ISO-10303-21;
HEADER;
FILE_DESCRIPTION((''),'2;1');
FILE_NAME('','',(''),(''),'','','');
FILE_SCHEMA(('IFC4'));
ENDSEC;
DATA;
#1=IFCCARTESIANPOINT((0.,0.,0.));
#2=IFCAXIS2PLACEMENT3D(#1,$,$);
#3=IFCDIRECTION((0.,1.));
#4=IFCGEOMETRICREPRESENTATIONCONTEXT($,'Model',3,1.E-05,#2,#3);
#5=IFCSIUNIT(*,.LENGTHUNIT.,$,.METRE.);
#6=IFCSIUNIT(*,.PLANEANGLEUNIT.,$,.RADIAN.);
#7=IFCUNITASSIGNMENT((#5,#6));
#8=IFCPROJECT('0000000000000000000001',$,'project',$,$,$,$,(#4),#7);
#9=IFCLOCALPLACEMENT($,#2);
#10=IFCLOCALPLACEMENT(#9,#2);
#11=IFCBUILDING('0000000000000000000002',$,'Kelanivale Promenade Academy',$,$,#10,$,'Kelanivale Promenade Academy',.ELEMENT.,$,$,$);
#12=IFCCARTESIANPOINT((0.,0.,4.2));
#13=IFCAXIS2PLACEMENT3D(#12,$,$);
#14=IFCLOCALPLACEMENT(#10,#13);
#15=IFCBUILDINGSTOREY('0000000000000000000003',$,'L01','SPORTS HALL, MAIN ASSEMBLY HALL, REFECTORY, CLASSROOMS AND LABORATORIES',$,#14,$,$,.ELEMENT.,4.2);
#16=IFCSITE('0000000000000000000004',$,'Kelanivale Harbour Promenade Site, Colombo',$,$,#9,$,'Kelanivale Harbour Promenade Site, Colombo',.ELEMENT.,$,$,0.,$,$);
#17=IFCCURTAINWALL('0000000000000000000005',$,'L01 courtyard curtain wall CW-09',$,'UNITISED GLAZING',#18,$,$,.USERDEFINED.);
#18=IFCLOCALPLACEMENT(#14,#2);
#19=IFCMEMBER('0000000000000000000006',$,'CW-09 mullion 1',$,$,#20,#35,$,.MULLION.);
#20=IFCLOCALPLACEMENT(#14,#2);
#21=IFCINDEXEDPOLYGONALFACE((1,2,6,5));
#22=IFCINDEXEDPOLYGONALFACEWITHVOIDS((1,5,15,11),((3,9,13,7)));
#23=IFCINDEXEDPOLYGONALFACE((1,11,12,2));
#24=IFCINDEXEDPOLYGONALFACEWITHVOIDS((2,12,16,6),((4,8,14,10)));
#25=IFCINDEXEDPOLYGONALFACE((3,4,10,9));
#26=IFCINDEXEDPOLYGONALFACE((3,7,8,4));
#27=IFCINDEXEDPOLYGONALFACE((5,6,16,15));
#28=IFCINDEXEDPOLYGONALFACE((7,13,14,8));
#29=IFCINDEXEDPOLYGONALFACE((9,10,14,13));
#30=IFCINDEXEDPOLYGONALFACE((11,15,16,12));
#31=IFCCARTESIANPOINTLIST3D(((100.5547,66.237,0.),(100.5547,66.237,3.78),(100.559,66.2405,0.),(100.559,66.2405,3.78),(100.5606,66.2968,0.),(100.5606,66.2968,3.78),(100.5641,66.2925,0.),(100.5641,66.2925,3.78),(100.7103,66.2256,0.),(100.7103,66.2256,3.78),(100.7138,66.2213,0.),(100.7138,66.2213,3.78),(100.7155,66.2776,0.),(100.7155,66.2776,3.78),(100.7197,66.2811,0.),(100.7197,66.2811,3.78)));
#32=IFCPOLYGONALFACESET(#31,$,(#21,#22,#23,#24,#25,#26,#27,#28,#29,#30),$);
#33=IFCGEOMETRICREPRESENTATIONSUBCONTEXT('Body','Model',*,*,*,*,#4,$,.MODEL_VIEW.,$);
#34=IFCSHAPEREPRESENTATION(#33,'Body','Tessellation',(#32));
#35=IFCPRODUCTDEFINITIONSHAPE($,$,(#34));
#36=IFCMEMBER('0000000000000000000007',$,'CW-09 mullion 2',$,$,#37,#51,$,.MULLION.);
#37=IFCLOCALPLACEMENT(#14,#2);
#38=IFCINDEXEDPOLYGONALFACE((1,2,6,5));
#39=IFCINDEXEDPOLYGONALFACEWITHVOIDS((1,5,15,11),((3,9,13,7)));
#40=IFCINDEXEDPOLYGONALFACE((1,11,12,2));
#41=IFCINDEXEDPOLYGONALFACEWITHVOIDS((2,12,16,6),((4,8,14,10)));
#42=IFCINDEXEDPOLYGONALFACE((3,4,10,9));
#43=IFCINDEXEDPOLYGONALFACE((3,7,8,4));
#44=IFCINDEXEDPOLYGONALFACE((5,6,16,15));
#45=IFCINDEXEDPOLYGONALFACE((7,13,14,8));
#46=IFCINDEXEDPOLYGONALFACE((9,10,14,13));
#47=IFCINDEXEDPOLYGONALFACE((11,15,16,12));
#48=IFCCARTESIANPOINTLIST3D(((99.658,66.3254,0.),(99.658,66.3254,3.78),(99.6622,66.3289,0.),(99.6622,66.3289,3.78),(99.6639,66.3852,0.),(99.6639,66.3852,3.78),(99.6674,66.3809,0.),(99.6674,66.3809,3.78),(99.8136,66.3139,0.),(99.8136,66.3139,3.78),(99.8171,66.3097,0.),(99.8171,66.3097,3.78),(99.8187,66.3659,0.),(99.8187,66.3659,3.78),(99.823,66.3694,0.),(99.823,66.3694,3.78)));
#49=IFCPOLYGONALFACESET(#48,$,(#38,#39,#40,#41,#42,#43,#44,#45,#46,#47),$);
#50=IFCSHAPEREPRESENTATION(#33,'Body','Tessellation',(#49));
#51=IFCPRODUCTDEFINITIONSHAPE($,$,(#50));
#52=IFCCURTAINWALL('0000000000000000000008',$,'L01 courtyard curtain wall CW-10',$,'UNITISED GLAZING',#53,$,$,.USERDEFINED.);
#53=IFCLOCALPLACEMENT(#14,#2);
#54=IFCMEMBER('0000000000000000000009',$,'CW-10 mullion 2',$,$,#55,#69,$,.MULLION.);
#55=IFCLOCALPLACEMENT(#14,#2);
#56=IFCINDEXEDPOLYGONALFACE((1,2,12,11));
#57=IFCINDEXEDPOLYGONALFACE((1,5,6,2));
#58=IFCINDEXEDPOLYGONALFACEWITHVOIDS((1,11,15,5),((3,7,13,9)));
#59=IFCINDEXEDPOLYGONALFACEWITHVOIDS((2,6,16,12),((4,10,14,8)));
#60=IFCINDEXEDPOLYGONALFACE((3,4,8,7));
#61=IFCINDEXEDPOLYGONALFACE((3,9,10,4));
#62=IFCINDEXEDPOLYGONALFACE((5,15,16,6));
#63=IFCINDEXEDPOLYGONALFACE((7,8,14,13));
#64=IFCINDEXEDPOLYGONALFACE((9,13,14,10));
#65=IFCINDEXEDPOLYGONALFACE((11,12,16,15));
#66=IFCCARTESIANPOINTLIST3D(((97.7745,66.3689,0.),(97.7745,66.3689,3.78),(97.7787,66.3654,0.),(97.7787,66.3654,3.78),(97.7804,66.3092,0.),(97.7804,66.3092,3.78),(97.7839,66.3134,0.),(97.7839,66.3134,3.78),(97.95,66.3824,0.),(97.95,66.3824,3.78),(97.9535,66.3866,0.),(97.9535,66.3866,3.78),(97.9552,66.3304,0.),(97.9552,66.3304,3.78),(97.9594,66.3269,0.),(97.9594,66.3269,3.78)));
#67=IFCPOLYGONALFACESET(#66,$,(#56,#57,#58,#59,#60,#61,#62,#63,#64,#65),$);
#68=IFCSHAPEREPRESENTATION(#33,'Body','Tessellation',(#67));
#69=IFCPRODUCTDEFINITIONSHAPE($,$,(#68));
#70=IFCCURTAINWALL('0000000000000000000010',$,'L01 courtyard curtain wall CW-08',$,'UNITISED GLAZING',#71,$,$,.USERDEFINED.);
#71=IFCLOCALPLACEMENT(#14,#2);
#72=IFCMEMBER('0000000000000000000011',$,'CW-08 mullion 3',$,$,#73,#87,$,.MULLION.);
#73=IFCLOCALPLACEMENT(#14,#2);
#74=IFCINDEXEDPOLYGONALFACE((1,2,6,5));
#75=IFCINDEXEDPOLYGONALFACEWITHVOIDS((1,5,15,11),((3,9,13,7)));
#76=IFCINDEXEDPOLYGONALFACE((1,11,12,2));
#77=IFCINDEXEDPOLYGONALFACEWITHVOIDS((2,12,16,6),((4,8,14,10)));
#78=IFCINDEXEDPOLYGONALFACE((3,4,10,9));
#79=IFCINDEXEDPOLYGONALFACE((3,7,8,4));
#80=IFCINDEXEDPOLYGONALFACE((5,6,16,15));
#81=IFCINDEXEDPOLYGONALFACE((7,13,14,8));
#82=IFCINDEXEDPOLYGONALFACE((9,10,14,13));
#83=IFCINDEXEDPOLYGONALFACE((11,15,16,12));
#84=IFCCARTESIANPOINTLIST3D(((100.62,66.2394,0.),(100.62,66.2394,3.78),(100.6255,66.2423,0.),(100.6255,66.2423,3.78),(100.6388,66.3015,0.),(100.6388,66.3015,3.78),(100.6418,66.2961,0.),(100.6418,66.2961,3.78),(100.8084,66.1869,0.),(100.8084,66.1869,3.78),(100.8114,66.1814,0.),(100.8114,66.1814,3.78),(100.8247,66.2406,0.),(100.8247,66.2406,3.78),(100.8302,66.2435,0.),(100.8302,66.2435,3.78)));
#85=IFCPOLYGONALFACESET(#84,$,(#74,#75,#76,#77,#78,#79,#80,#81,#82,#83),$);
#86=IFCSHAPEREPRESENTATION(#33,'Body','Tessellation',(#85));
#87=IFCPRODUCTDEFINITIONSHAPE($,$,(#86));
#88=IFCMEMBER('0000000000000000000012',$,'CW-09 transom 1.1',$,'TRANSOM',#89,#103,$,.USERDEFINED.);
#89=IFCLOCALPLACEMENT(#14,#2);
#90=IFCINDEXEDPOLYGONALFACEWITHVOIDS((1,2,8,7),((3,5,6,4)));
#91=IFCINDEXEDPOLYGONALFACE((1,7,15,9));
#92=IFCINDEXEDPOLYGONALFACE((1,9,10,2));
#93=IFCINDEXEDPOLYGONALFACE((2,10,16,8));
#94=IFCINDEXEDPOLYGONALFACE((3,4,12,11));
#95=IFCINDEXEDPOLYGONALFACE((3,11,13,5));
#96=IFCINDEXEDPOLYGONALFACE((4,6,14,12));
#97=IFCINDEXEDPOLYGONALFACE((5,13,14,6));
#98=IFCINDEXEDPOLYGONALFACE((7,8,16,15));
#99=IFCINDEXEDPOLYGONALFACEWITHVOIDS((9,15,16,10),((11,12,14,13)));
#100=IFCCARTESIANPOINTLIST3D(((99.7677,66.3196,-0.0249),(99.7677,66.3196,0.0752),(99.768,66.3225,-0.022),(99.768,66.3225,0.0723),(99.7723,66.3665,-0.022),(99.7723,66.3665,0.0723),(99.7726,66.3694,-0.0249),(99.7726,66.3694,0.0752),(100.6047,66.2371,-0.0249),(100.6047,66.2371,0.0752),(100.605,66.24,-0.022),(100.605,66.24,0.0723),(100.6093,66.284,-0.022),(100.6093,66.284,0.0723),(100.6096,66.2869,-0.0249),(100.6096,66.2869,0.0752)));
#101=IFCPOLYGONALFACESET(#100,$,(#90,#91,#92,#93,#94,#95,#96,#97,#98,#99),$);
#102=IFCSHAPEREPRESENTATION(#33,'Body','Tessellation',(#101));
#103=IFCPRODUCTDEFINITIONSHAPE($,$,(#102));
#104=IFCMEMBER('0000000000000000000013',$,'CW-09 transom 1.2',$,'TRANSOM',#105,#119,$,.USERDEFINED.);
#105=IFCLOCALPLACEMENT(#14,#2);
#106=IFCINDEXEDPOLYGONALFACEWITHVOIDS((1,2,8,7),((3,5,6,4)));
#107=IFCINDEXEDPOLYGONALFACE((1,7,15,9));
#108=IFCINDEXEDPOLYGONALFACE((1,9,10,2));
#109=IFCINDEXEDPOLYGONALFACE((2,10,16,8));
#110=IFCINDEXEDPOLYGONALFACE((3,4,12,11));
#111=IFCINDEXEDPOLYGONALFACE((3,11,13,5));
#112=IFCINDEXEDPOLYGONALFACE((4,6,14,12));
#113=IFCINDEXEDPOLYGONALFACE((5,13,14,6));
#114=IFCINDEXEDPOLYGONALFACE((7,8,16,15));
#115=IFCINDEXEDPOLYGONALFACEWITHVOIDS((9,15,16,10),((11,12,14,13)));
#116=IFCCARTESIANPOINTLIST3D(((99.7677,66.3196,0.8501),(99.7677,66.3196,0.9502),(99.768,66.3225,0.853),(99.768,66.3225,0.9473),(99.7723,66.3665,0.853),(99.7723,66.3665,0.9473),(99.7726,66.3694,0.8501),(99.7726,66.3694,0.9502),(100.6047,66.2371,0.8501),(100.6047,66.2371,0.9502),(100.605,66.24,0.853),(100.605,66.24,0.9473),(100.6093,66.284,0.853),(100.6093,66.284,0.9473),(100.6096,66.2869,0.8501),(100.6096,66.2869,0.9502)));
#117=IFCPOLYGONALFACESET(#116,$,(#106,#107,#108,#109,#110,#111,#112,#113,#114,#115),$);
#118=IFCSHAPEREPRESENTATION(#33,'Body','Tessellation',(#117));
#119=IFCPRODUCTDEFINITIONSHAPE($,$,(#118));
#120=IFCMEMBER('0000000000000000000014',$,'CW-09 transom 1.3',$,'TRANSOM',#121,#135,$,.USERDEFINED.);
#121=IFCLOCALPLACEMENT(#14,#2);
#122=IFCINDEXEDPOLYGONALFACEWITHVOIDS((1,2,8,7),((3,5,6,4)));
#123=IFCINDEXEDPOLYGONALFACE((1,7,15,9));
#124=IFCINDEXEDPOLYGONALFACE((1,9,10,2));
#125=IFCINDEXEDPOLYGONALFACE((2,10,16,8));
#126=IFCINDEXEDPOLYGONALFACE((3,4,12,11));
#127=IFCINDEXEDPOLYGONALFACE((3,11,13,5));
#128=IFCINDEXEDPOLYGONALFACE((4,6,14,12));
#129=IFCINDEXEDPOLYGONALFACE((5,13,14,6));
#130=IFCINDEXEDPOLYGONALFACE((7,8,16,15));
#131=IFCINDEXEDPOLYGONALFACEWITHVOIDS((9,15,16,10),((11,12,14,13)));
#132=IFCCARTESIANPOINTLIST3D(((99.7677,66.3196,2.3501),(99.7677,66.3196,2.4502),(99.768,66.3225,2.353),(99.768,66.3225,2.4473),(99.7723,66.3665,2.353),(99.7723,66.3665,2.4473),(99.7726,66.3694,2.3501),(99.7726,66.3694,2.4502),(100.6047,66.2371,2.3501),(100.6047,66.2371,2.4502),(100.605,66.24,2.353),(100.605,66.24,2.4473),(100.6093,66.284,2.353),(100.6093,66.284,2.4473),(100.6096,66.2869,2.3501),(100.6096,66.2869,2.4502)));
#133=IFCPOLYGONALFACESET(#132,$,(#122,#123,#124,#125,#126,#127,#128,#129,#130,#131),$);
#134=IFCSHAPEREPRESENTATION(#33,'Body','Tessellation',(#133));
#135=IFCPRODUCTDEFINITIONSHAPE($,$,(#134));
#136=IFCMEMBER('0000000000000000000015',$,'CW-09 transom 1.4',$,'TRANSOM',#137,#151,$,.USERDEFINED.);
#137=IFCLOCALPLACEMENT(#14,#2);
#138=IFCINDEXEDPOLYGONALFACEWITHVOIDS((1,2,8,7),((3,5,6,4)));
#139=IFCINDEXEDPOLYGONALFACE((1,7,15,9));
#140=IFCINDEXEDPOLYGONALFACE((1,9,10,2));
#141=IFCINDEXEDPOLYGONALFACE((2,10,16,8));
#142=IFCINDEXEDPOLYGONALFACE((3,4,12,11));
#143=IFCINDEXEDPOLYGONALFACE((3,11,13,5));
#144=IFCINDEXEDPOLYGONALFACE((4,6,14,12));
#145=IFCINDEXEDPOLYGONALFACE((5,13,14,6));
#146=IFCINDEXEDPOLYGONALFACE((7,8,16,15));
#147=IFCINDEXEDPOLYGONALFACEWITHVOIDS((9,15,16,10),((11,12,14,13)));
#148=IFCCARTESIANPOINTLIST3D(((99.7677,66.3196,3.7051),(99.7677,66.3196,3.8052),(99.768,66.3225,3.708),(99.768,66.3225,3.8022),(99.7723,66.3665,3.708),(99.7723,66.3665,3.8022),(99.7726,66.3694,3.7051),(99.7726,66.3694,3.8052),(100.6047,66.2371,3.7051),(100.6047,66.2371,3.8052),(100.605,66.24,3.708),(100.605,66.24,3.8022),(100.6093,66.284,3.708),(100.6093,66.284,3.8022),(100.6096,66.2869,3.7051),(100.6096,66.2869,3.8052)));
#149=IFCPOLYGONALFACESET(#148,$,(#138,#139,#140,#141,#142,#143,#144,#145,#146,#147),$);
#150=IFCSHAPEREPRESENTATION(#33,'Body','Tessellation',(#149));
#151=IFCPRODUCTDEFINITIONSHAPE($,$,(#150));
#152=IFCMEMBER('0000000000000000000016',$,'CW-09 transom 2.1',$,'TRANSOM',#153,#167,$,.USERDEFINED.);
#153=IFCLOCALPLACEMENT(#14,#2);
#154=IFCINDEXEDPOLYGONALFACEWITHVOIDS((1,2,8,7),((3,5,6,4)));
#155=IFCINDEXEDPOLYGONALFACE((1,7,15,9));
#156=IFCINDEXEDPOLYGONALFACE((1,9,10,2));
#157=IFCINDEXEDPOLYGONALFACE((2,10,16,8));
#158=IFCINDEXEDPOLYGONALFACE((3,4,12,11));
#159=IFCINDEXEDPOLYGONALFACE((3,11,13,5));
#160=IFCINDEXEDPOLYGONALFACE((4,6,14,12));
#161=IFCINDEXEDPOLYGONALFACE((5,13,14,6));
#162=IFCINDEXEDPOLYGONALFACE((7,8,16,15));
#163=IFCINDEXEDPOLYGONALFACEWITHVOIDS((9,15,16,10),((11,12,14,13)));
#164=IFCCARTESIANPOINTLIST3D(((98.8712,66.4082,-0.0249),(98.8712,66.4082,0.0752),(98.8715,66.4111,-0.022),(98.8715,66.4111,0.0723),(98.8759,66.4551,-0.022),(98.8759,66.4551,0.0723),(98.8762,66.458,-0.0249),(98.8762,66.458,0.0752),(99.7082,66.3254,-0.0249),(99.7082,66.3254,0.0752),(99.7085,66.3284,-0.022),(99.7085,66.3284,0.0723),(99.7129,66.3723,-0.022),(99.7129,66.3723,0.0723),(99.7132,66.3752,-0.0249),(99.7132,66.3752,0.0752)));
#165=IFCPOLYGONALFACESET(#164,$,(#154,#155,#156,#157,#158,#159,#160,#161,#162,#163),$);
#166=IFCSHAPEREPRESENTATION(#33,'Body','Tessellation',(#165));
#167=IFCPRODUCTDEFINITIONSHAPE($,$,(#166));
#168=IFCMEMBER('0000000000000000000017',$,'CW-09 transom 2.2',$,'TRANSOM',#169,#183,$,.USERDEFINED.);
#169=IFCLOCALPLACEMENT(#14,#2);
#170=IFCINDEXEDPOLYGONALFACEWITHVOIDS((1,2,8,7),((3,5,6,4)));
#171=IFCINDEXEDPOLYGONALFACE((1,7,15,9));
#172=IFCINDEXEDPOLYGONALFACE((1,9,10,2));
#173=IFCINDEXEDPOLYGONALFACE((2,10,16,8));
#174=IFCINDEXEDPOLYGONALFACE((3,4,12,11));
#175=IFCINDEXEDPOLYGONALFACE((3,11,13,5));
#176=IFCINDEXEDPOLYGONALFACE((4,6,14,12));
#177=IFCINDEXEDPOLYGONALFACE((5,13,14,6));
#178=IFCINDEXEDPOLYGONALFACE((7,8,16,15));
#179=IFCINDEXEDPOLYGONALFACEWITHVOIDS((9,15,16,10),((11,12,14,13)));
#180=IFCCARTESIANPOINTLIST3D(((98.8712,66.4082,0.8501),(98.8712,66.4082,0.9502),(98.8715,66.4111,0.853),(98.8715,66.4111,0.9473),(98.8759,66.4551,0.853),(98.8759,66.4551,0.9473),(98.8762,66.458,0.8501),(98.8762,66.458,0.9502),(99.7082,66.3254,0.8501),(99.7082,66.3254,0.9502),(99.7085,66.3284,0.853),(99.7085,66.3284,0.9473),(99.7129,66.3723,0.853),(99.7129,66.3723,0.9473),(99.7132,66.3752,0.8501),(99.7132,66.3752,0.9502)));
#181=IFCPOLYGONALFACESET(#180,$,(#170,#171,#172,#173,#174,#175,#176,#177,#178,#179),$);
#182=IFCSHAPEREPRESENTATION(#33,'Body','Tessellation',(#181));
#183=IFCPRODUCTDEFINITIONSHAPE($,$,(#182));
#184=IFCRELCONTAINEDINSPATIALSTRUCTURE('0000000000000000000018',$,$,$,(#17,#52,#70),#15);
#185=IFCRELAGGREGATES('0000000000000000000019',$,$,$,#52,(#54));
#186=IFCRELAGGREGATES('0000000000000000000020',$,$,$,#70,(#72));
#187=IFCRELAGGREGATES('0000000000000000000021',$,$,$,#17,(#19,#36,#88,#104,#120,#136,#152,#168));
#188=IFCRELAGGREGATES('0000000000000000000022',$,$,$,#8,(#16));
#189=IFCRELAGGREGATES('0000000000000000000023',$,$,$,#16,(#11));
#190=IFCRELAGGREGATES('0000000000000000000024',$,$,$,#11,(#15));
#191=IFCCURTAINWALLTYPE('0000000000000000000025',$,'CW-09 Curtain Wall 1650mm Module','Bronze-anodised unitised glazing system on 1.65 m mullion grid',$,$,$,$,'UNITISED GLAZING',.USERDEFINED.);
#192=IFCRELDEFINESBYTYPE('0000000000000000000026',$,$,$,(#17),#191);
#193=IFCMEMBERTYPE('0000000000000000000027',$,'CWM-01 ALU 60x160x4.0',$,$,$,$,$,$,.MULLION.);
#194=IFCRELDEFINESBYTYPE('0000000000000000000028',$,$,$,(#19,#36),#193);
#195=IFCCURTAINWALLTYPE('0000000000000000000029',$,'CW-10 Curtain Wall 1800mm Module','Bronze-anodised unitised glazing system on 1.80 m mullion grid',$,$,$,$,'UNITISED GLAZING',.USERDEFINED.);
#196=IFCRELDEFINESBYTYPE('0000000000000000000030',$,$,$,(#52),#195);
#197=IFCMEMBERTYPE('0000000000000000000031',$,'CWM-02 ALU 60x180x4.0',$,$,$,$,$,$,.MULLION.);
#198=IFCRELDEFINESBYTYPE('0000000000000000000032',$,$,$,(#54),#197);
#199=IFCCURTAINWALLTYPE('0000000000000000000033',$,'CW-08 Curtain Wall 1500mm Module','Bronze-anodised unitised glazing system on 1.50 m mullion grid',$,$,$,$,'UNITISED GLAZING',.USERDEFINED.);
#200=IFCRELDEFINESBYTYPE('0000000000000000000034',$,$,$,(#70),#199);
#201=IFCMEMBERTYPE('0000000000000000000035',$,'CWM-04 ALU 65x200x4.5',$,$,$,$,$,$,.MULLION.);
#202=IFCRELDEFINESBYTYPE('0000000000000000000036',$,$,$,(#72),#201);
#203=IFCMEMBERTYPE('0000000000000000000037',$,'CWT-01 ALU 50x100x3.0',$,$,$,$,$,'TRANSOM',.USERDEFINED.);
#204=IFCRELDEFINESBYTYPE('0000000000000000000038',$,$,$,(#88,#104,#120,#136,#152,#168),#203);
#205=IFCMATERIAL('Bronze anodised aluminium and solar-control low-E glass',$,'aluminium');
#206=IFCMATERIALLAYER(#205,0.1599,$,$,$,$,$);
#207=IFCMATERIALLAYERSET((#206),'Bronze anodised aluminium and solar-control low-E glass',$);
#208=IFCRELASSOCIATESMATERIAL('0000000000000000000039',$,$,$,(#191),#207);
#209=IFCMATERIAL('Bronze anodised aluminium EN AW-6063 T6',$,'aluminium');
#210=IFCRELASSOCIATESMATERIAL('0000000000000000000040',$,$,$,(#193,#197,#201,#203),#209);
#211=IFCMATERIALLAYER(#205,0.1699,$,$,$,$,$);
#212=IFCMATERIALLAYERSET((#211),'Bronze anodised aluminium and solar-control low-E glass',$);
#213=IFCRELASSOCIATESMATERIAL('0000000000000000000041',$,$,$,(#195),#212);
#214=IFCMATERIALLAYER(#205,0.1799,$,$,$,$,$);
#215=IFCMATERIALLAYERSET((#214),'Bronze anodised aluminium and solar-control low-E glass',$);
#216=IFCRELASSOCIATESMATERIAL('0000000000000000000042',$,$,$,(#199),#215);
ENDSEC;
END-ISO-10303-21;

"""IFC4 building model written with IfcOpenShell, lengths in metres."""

from ifc_helpers import new_model, si_unit, direction, frame, origin, origin_2d, place, context, subcontext, project, spatial, hollow_rectangle, extrude, material, layer, layer_set, material_profile, profile_set, type_object, element, aggregate, save


model = new_model("IFC4")

# Units and contexts
model_context = context("Model", 3, precision=1e-05, world=origin(), true_north=direction((0.0, 1.0)))
body_context = subcontext(model_context, "Body", "Model", "MODEL_VIEW")
ifc_project = project(units=[si_unit("LENGTHUNIT", "METRE"), si_unit("PLANEANGLEUNIT", "RADIAN")], contexts=[model_context])

# Site, building, storey
site_placement = place(None, origin())
site = spatial("IfcSite", under=ifc_project, at=site_placement, Name="Kelanivale Harbour Promenade Site, Colombo", LongName="Kelanivale Harbour Promenade Site, Colombo", CompositionType="ELEMENT", RefElevation=0.0)
building_placement = place(site_placement, origin())
building = spatial("IfcBuilding", under=site, at=building_placement, Name="Kelanivale Promenade Academy", LongName="Kelanivale Promenade Academy", CompositionType="ELEMENT")
storey_placement = place(building_placement, frame((0.0, 0.0, 4.2)))
storey = spatial("IfcBuildingStorey", under=building, at=storey_placement, Name="L01", Description="SPORTS HALL, MAIN ASSEMBLY HALL, REFECTORY, CLASSROOMS AND LABORATORIES", CompositionType="ELEMENT", Elevation=4.2)

# Curtain wall, members
ifc_material_1 = material(Name="Bronze anodised aluminium and solar-control low-E glass", Category="aluminium")
ifc_layer_1 = layer(ifc_material_1, 0.1599)
ifc_layer_set_1 = layer_set([ifc_layer_1], Name="Bronze anodised aluminium and solar-control low-E glass")
curtain_wall_type_1 = type_object("IfcCurtainWallType", Name="CW-09 Curtain Wall 1650mm Module", Description="Bronze-anodised unitised glazing system on 1.65 m mullion grid", ElementType="UNITISED GLAZING", PredefinedType="USERDEFINED", material=ifc_layer_set_1)
curtain_wall_1_placement = place(storey_placement, origin())
curtain_wall_1 = element("IfcCurtainWall", 1, at=curtain_wall_1_placement, inside=storey, type_object=curtain_wall_type_1, Name="L01 courtyard curtain wall CW-09", ObjectType="UNITISED GLAZING", PredefinedType="USERDEFINED")
ifc_material_2 = material(Name="Bronze anodised aluminium EN AW-6063 T6", Category="aluminium")
ifc_material_profile_1 = material_profile(ifc_material_2, hollow_rectangle(XDim=0.0601, YDim=0.1599, WallThickness=0.0039, at=origin_2d()), Name="ALU 60x160x4.0")
ifc_profile_set_1 = profile_set([ifc_material_profile_1], Name="Bronze anodised aluminium EN AW-6063 T6")
member_type_1 = type_object("IfcMemberType", Name="CWM-01 ALU 60x160x4.0", PredefinedType="MULLION", material=ifc_profile_set_1)
member_1_placement = place(storey_placement, frame((100.6372, 66.259, 0.0), z_axis=(0.0, 0.0, 1.0), x_axis=(-0.098281, -0.995159, 0.0)))
member_1 = element("IfcMember", 2, at=member_1_placement, type_object=member_type_1, Name="CW-09 mullion 1", PredefinedType="MULLION", context=body_context, shape_type="SweptSolid", body=[
    extrude(hollow_rectangle(XDim=0.0601, YDim=0.1599, WallThickness=0.0039, at=origin_2d()), origin(), (0.0, 0.0, 1.0), 3.78),
])
member_2_placement = place(storey_placement, frame((99.7405, 66.3474, 0.0), z_axis=(0.0, 0.0, 1.0), x_axis=(-0.098281, -0.995159, 0.0)))
member_2 = element("IfcMember", 3, at=member_2_placement, type_object=member_type_1, Name="CW-09 mullion 2", PredefinedType="MULLION", context=body_context, shape_type="SweptSolid", body=[
    extrude(hollow_rectangle(XDim=0.0601, YDim=0.1599, WallThickness=0.0039, at=origin_2d()), origin(), (0.0, 0.0, 1.0), 3.78),
])

# Curtain walls, members
ifc_layer_2 = layer(ifc_material_1, 0.1699)
ifc_layer_set_2 = layer_set([ifc_layer_2], Name="Bronze anodised aluminium and solar-control low-E glass")
curtain_wall_type_2 = type_object("IfcCurtainWallType", Name="CW-10 Curtain Wall 1800mm Module", Description="Bronze-anodised unitised glazing system on 1.80 m mullion grid", ElementType="UNITISED GLAZING", PredefinedType="USERDEFINED", material=ifc_layer_set_2)
curtain_wall_2_placement = place(storey_placement, origin())
curtain_wall_2 = element("IfcCurtainWall", 4, at=curtain_wall_2_placement, inside=storey, type_object=curtain_wall_type_2, Name="L01 courtyard curtain wall CW-10", ObjectType="UNITISED GLAZING", PredefinedType="USERDEFINED")
ifc_material_profile_2 = material_profile(ifc_material_2, hollow_rectangle(XDim=0.0601, YDim=0.1799, WallThickness=0.0039, at=origin_2d()), Name="ALU 60x180x4.0")
ifc_profile_set_2 = profile_set([ifc_material_profile_2], Name="Bronze anodised aluminium EN AW-6063 T6")
member_type_2 = type_object("IfcMemberType", Name="CWM-02 ALU 60x180x4.0", PredefinedType="MULLION", material=ifc_profile_set_2)
member_3_placement = place(storey_placement, frame((97.8669, 66.3479, 0.0), z_axis=(0.0, 0.0, 1.0), x_axis=(0.098539, -0.995133, 0.0)))
member_3 = element("IfcMember", 5, at=member_3_placement, type_object=member_type_2, Name="CW-10 mullion 2", PredefinedType="MULLION", context=body_context, shape_type="SweptSolid", body=[
    extrude(hollow_rectangle(XDim=0.0601, YDim=0.1799, WallThickness=0.0039, at=origin_2d()), origin(), (0.0, 0.0, 1.0), 3.78),
])
ifc_layer_3 = layer(ifc_material_1, 0.1799)
ifc_layer_set_3 = layer_set([ifc_layer_3], Name="Bronze anodised aluminium and solar-control low-E glass")
curtain_wall_type_3 = type_object("IfcCurtainWallType", Name="CW-08 Curtain Wall 1500mm Module", Description="Bronze-anodised unitised glazing system on 1.50 m mullion grid", ElementType="UNITISED GLAZING", PredefinedType="USERDEFINED", material=ifc_layer_set_3)
curtain_wall_3_placement = place(storey_placement, origin())
curtain_wall_3 = element("IfcCurtainWall", 6, at=curtain_wall_3_placement, inside=storey, type_object=curtain_wall_type_3, Name="L01 courtyard curtain wall CW-08", ObjectType="UNITISED GLAZING", PredefinedType="USERDEFINED")
ifc_material_profile_3 = material_profile(ifc_material_2, hollow_rectangle(XDim=0.0649, YDim=0.2, WallThickness=0.0044, at=origin_2d()), Name="ALU 65x200x4.5")
ifc_profile_set_3 = profile_set([ifc_material_profile_3], Name="Bronze anodised aluminium EN AW-6063 T6")
member_type_3 = type_object("IfcMemberType", Name="CWM-04 ALU 65x200x4.5", PredefinedType="MULLION", material=ifc_profile_set_3)
member_4_placement = place(storey_placement, frame((100.7251, 66.2415, 0.0), z_axis=(0.0, 0.0, 1.0), x_axis=(-0.290128, -0.956988, 0.0)))
member_4 = element("IfcMember", 7, at=member_4_placement, type_object=member_type_3, Name="CW-08 mullion 3", PredefinedType="MULLION", context=body_context, shape_type="SweptSolid", body=[
    extrude(hollow_rectangle(XDim=0.0649, YDim=0.2, WallThickness=0.0044, at=origin_2d()), origin(), (0.0, 0.0, 1.0), 3.78),
])

# Members
ifc_material_profile_4 = material_profile(ifc_material_2, hollow_rectangle(XDim=0.05, YDim=0.1001, WallThickness=0.0029, at=origin_2d()), Name="ALU 50x100x3.0")
ifc_profile_set_4 = profile_set([ifc_material_profile_4], Name="Bronze anodised aluminium EN AW-6063 T6")
member_type_4 = type_object("IfcMemberType", Name="CWT-01 ALU 50x100x3.0", ElementType="TRANSOM", PredefinedType="USERDEFINED", material=ifc_profile_set_4)
member_5_placement = place(storey_placement, frame((100.6072, 66.262, 0.0251), z_axis=(-0.995174, 0.098124, 0.0), x_axis=(-0.098124, -0.995174, 0.0)))
member_5 = element("IfcMember", 8, at=member_5_placement, type_object=member_type_4, Name="CW-09 transom 1.1", ObjectType="TRANSOM", PredefinedType="USERDEFINED", context=body_context, shape_type="SweptSolid", body=[
    extrude(hollow_rectangle(XDim=0.05, YDim=0.1001, WallThickness=0.0029, at=origin_2d()), origin(), (0.0, 0.0, 1.0), 0.8411),
])
member_6_placement = place(storey_placement, frame((100.6072, 66.262, 0.9001), z_axis=(-0.995174, 0.098124, 0.0), x_axis=(-0.098124, -0.995174, 0.0)))
member_6 = element("IfcMember", 9, at=member_6_placement, type_object=member_type_4, Name="CW-09 transom 1.2", ObjectType="TRANSOM", PredefinedType="USERDEFINED", context=body_context, shape_type="SweptSolid", body=[
    extrude(hollow_rectangle(XDim=0.05, YDim=0.1001, WallThickness=0.0029, at=origin_2d()), origin(), (0.0, 0.0, 1.0), 0.8411),
])
member_7_placement = place(storey_placement, frame((100.6072, 66.262, 2.4001), z_axis=(-0.995174, 0.098124, 0.0), x_axis=(-0.098124, -0.995174, 0.0)))
member_7 = element("IfcMember", 10, at=member_7_placement, type_object=member_type_4, Name="CW-09 transom 1.3", ObjectType="TRANSOM", PredefinedType="USERDEFINED", context=body_context, shape_type="SweptSolid", body=[
    extrude(hollow_rectangle(XDim=0.05, YDim=0.1001, WallThickness=0.0029, at=origin_2d()), origin(), (0.0, 0.0, 1.0), 0.8411),
])
member_8_placement = place(storey_placement, frame((100.6072, 66.262, 3.7551), z_axis=(-0.995174, 0.098124, 0.0), x_axis=(-0.098124, -0.995174, 0.0)))
member_8 = element("IfcMember", 11, at=member_8_placement, type_object=member_type_4, Name="CW-09 transom 1.4", ObjectType="TRANSOM", PredefinedType="USERDEFINED", context=body_context, shape_type="SweptSolid", body=[
    extrude(hollow_rectangle(XDim=0.05, YDim=0.1001, WallThickness=0.0029, at=origin_2d()), origin(), (0.0, 0.0, 1.0), 0.8411),
])
member_9_placement = place(storey_placement, frame((99.7107, 66.3503, 0.0251), z_axis=(-0.995146, 0.098411, 0.0), x_axis=(-0.098411, -0.995146, 0.0)))
member_9 = element("IfcMember", 12, at=member_9_placement, type_object=member_type_4, Name="CW-09 transom 2.1", ObjectType="TRANSOM", PredefinedType="USERDEFINED", context=body_context, shape_type="SweptSolid", body=[
    extrude(hollow_rectangle(XDim=0.05, YDim=0.1001, WallThickness=0.0029, at=origin_2d()), origin(), (0.0, 0.0, 1.0), 0.8411),
])
member_10_placement = place(storey_placement, frame((99.7107, 66.3503, 0.9001), z_axis=(-0.995146, 0.098411, 0.0), x_axis=(-0.098411, -0.995146, 0.0)))
member_10 = element("IfcMember", 13, at=member_10_placement, type_object=member_type_4, Name="CW-09 transom 2.2", ObjectType="TRANSOM", PredefinedType="USERDEFINED", context=body_context, shape_type="SweptSolid", body=[
    extrude(hollow_rectangle(XDim=0.05, YDim=0.1001, WallThickness=0.0029, at=origin_2d()), origin(), (0.0, 0.0, 1.0), 0.8411),
])

aggregate(curtain_wall_2, [member_3])
aggregate(curtain_wall_3, [member_4])
aggregate(curtain_wall_1, [member_1, member_2, member_5, member_6, member_7, member_8, member_9, member_10])

save(model, "model.ifc")
